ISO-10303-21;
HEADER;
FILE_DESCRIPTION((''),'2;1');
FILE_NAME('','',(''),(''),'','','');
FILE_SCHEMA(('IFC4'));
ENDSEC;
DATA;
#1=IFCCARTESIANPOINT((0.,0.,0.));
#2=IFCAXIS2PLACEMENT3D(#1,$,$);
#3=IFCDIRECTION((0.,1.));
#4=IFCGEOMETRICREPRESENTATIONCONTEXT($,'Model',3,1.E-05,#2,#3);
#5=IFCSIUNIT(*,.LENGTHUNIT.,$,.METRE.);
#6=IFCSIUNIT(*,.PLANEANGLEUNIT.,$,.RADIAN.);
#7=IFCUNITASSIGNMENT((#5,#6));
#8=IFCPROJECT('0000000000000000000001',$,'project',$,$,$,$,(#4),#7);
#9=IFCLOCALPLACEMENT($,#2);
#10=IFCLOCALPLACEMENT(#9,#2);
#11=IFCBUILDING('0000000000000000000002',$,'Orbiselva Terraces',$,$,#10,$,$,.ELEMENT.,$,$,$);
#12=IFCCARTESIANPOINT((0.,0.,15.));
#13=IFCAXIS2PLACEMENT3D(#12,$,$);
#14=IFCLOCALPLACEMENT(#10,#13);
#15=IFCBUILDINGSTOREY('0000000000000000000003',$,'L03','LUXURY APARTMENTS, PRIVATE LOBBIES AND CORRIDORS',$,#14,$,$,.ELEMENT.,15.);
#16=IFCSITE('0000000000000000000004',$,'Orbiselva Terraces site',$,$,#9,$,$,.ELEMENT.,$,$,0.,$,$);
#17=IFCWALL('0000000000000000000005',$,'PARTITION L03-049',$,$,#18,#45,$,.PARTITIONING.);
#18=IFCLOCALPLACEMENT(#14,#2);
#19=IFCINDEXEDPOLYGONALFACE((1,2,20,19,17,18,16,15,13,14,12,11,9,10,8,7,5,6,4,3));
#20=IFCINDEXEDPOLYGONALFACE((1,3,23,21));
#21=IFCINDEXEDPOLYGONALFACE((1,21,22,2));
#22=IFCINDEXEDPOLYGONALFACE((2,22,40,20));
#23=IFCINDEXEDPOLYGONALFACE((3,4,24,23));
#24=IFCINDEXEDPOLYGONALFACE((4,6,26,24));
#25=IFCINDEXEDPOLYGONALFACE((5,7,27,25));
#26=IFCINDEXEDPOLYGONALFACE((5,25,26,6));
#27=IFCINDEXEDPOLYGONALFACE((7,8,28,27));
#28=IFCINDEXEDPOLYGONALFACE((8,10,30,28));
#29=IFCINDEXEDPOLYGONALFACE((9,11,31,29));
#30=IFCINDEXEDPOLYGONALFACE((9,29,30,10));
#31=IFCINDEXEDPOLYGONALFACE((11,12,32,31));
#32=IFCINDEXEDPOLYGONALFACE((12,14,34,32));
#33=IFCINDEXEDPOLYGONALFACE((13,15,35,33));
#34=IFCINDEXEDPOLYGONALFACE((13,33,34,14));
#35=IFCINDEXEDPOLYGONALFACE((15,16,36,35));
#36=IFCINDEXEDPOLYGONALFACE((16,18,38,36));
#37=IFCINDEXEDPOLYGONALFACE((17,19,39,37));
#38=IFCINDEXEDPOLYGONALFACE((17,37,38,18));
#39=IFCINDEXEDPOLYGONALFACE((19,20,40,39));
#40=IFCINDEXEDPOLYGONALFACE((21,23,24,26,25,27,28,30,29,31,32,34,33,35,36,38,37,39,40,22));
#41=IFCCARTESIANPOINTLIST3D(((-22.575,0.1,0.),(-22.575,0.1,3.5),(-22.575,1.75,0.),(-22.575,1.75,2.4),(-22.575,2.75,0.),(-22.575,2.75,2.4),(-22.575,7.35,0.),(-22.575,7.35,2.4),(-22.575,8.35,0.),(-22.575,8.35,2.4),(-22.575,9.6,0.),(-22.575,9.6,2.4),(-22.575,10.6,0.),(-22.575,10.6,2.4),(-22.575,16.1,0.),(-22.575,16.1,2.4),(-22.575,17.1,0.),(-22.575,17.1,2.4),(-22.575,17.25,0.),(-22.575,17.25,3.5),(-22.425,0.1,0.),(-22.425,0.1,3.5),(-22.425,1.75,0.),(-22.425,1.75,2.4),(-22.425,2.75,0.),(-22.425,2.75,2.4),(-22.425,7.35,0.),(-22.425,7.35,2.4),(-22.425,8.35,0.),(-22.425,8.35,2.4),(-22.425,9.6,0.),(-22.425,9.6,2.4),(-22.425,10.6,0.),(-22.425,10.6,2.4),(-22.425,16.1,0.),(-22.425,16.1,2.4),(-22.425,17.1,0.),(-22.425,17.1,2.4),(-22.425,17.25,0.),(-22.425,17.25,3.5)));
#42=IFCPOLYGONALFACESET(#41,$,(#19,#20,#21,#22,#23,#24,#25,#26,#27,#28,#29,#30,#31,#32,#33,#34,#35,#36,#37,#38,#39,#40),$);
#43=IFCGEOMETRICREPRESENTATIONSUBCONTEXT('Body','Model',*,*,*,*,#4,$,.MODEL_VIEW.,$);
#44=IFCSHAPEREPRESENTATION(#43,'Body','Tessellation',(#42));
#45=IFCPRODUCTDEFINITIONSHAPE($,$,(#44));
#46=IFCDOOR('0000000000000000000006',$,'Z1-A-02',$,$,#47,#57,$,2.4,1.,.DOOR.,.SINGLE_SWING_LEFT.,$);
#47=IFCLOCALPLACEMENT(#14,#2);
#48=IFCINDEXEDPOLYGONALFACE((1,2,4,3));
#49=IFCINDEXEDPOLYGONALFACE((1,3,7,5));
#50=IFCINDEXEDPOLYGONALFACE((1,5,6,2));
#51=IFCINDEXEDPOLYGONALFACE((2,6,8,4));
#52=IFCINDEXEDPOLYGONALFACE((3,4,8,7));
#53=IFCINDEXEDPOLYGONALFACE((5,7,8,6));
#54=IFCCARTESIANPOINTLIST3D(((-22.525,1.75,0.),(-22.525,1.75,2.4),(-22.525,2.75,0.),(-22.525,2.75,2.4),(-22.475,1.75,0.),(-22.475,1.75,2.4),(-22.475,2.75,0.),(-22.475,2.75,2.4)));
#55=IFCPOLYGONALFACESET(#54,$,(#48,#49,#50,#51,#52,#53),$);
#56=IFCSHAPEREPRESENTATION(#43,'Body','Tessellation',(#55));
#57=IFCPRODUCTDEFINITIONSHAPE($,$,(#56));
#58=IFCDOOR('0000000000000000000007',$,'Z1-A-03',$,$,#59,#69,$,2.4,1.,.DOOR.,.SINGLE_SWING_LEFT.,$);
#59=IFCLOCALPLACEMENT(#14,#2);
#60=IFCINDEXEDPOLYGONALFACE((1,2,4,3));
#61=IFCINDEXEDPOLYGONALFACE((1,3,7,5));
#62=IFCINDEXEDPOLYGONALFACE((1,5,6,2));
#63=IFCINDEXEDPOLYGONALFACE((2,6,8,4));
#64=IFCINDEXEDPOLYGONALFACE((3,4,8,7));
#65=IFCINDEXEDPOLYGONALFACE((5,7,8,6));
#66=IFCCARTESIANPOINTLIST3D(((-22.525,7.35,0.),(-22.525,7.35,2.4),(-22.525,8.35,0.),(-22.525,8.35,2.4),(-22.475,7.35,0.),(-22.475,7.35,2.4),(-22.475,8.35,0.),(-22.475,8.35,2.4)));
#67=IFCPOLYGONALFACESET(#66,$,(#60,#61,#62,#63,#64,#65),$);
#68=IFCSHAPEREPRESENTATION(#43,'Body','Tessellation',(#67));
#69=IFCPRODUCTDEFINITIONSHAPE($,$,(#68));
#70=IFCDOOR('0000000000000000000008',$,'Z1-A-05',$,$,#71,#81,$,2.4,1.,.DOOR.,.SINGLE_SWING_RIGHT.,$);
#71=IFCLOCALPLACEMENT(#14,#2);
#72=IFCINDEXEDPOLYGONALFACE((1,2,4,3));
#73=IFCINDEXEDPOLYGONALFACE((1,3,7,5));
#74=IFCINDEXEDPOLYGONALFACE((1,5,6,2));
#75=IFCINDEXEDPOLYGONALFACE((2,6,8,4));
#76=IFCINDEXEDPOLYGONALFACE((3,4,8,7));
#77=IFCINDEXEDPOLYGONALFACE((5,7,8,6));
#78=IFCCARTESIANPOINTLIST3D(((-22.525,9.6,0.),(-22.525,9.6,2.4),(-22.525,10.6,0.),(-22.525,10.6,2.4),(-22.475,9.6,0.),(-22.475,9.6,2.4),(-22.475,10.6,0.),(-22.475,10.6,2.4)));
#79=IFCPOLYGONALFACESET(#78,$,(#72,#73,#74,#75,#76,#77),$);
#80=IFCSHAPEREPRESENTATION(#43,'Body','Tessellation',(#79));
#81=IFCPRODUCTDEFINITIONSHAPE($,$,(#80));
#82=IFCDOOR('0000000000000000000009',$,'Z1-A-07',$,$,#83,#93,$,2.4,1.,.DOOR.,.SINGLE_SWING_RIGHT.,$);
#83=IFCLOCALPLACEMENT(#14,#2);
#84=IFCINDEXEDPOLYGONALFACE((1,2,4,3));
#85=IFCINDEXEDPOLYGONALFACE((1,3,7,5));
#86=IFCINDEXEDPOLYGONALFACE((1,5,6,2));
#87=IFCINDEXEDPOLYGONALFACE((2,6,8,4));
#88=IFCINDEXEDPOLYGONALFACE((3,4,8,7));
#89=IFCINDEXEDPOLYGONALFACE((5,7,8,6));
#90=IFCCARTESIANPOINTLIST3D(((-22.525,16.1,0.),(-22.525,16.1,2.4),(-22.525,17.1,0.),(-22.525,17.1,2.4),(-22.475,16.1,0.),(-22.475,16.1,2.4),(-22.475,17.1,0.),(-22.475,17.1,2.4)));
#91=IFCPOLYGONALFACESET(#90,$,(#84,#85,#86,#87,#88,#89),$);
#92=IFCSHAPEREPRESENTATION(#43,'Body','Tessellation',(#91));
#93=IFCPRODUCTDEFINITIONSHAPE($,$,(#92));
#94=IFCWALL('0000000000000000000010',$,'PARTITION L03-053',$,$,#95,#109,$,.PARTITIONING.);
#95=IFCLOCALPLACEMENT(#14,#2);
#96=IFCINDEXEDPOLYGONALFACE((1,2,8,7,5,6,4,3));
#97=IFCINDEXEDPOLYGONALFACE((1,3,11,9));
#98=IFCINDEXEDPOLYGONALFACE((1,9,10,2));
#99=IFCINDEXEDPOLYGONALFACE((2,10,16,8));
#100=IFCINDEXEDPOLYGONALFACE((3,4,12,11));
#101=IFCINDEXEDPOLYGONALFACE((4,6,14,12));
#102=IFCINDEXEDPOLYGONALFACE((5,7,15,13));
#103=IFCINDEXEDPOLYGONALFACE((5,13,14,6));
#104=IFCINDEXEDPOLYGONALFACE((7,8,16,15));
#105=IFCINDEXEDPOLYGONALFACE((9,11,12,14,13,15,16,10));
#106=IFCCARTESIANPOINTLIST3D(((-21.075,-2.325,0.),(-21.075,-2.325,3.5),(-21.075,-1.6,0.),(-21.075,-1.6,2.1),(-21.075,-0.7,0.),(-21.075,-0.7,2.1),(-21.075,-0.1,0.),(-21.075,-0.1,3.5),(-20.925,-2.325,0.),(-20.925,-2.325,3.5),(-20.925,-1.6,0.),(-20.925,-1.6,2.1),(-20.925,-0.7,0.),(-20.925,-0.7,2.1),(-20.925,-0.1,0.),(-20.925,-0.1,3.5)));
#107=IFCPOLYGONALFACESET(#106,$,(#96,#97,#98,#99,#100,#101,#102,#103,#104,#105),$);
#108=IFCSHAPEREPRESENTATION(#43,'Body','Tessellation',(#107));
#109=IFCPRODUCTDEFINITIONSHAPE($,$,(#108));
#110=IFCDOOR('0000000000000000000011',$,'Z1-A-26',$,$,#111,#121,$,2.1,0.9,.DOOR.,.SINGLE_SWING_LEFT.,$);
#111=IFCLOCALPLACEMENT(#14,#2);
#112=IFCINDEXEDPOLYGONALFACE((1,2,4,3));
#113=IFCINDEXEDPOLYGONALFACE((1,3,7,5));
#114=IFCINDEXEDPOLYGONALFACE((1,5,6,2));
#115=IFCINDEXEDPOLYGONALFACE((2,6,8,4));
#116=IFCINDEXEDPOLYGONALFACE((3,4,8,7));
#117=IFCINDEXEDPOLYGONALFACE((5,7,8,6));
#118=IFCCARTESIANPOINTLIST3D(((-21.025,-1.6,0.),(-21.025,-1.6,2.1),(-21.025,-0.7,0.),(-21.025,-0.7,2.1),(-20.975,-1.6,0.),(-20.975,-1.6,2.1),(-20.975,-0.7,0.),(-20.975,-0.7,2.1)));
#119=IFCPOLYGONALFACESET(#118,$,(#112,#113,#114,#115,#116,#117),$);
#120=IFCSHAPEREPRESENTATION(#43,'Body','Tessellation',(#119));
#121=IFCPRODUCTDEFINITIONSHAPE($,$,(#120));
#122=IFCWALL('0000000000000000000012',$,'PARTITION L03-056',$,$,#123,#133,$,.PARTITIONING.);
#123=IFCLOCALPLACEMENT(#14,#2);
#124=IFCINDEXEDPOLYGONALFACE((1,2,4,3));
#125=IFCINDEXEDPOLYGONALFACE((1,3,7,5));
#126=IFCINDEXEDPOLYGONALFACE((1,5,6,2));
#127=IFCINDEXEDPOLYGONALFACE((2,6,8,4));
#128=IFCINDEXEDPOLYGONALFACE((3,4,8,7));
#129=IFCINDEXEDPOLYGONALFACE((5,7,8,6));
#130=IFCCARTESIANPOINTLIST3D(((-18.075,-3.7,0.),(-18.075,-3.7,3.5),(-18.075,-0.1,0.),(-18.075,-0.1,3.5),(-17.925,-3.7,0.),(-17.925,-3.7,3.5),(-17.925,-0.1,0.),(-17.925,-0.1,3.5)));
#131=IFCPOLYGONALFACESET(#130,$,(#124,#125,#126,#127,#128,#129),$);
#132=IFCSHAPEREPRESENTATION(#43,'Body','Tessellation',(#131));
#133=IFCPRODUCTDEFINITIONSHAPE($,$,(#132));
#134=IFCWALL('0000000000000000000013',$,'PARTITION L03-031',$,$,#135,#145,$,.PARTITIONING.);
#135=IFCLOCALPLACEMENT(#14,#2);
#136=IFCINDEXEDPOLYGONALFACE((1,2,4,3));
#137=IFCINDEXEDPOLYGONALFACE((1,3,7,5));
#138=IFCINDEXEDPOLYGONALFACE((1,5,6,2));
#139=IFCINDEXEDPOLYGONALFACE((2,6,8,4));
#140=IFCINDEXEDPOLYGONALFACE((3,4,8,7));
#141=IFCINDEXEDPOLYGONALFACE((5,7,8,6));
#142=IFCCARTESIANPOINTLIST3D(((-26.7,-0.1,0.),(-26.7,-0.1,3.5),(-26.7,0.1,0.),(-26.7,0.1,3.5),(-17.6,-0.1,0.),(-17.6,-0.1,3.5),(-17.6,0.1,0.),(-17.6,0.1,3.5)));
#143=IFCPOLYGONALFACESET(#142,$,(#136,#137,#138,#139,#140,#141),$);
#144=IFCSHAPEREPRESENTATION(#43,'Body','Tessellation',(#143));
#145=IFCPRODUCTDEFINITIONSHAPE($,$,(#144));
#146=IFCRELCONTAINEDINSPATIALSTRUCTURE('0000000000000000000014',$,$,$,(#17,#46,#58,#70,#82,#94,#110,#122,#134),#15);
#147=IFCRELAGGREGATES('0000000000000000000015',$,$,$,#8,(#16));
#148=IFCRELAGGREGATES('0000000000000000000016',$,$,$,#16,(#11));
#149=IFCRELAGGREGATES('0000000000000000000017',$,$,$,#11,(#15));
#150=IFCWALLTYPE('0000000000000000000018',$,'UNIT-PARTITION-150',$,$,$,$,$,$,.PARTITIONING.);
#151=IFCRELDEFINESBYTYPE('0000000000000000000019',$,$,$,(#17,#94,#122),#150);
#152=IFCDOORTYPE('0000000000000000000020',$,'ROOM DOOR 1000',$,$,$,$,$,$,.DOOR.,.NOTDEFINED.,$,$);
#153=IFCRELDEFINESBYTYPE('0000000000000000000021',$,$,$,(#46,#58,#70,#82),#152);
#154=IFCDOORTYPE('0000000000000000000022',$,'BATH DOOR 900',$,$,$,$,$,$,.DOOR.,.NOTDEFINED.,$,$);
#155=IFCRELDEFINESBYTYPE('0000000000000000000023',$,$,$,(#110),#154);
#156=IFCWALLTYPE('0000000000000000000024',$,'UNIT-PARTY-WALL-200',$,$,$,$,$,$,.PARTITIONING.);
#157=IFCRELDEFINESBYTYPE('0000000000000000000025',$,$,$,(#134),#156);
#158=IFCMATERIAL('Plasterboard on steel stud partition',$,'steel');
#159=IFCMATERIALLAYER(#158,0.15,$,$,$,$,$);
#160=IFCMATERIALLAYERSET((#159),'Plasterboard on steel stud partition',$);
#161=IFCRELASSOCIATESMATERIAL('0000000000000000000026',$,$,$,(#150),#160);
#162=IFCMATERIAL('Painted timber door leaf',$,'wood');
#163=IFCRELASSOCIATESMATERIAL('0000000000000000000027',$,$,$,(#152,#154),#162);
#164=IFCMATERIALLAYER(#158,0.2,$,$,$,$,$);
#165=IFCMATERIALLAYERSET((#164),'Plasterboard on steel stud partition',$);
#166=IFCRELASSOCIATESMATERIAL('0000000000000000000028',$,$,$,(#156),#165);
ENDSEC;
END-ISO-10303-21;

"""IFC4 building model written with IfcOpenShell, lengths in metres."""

from ifc_helpers import new_model, si_unit, direction, frame, frame_2d, origin, place, context, subcontext, project, spatial, rectangle, extrude, material, layer, layer_set, type_object, element, fill, save


model = new_model("IFC4")

# Units and contexts
model_context = context("Model", 3, precision=1e-05, world=origin(), true_north=direction((0.0, 1.0)))
body_context = subcontext(model_context, "Body", "Model", "MODEL_VIEW")
ifc_project = project(units=[si_unit("LENGTHUNIT", "METRE"), si_unit("PLANEANGLEUNIT", "RADIAN")], contexts=[model_context])

# Site, building, storey
site_placement = place(None, origin())
site = spatial("IfcSite", under=ifc_project, at=site_placement, Name="Orbiselva Terraces site", CompositionType="ELEMENT", RefElevation=0.0)
building_placement = place(site_placement, origin())
building = spatial("IfcBuilding", under=site, at=building_placement, Name="Orbiselva Terraces", CompositionType="ELEMENT")
storey_placement = place(building_placement, frame((0.0, 0.0, 15.0)))
storey = spatial("IfcBuildingStorey", under=building, at=storey_placement, Name="L03", Description="LUXURY APARTMENTS, PRIVATE LOBBIES AND CORRIDORS", CompositionType="ELEMENT", Elevation=15.0)

# Shared definitions
ifc_material_1 = material(Name="Plasterboard on steel stud partition", Category="steel")
ifc_layer_1 = layer(ifc_material_1, 0.15)
ifc_layer_set_1 = layer_set([ifc_layer_1], Name="Plasterboard on steel stud partition")
wall_type_1 = type_object("IfcWallType", Name="UNIT-PARTITION-150", PredefinedType="PARTITIONING", material=ifc_layer_set_1)

# Wall, openings, doors
wall_1_placement = place(storey_placement, frame((-22.5, 0.1, 0.0), z_axis=(0.0, 0.0, 1.0), x_axis=(0.0, 1.0, 0.0)))
wall_1 = element("IfcWall", 1, at=wall_1_placement, inside=storey, type_object=wall_type_1, Name="PARTITION L03-049", PredefinedType="PARTITIONING", context=body_context, shape_type="SweptSolid", body=[
    extrude(rectangle(XDim=17.15, YDim=0.15, at=frame_2d((8.575, 0.0))), origin(), (0.0, 0.0, 1.0), 3.5),
])
opening_1_placement = place(wall_1_placement, frame((1.65, 0.0, 0.0)))
opening_1 = element("IfcOpeningElement", 2, at=opening_1_placement, cuts=wall_1, PredefinedType="OPENING", context=body_context, shape_type="SweptSolid", body=[
    extrude(rectangle(XDim=1.0, YDim=2.4, at=frame_2d((0.5, 1.2))), frame((0.0, 0.085, 0.0), z_axis=(0.0, -1.0, 0.0), x_axis=(1.0, 0.0, 0.0)), (0.0, 0.0, 1.0), 0.17),
])
opening_2_placement = place(wall_1_placement, frame((7.25, 0.0, 0.0)))
opening_2 = element("IfcOpeningElement", 3, at=opening_2_placement, cuts=wall_1, PredefinedType="OPENING", context=body_context, shape_type="SweptSolid", body=[
    extrude(rectangle(XDim=1.0, YDim=2.4, at=frame_2d((0.5, 1.2))), frame((0.0, 0.085, 0.0), z_axis=(0.0, -1.0, 0.0), x_axis=(1.0, 0.0, 0.0)), (0.0, 0.0, 1.0), 0.17),
])
opening_3_placement = place(wall_1_placement, frame((9.5, 0.0, 0.0)))
opening_3 = element("IfcOpeningElement", 4, at=opening_3_placement, cuts=wall_1, PredefinedType="OPENING", context=body_context, shape_type="SweptSolid", body=[
    extrude(rectangle(XDim=1.0, YDim=2.4, at=frame_2d((0.5, 1.2))), frame((0.0, 0.085, 0.0), z_axis=(0.0, -1.0, 0.0), x_axis=(1.0, 0.0, 0.0)), (0.0, 0.0, 1.0), 0.17),
])
opening_4_placement = place(wall_1_placement, frame((16.0, 0.0, 0.0)))
opening_4 = element("IfcOpeningElement", 5, at=opening_4_placement, cuts=wall_1, PredefinedType="OPENING", context=body_context, shape_type="SweptSolid", body=[
    extrude(rectangle(XDim=1.0, YDim=2.4, at=frame_2d((0.5, 1.2))), frame((0.0, 0.085, 0.0), z_axis=(0.0, -1.0, 0.0), x_axis=(1.0, 0.0, 0.0)), (0.0, 0.0, 1.0), 0.17),
])
ifc_material_2 = material(Name="Painted timber door leaf", Category="wood")
door_type_1 = type_object("IfcDoorType", Name="ROOM DOOR 1000", OperationType="NOTDEFINED", PredefinedType="DOOR", material=ifc_material_2)
door_1_placement = place(opening_1_placement, origin())
door_1 = element("IfcDoor", 6, at=door_1_placement, inside=storey, type_object=door_type_1, Name="Z1-A-02", OperationType="SINGLE_SWING_LEFT", OverallHeight=2.4, OverallWidth=1.0, PredefinedType="DOOR", context=body_context, shape_type="SweptSolid", body=[
    extrude(rectangle(XDim=1.0, YDim=2.4, at=frame_2d((0.5, 1.2))), frame((0.0, 0.025, 0.0), z_axis=(0.0, -1.0, 0.0), x_axis=(1.0, 0.0, 0.0)), (0.0, 0.0, 1.0), 0.05),
])
fill(opening_1, door_1)
door_2_placement = place(opening_2_placement, origin())
door_2 = element("IfcDoor", 7, at=door_2_placement, inside=storey, type_object=door_type_1, Name="Z1-A-03", OperationType="SINGLE_SWING_LEFT", OverallHeight=2.4, OverallWidth=1.0, PredefinedType="DOOR", context=body_context, shape_type="SweptSolid", body=[
    extrude(rectangle(XDim=1.0, YDim=2.4, at=frame_2d((0.5, 1.2))), frame((0.0, 0.025, 0.0), z_axis=(0.0, -1.0, 0.0), x_axis=(1.0, 0.0, 0.0)), (0.0, 0.0, 1.0), 0.05),
])
fill(opening_2, door_2)
door_3_placement = place(opening_3_placement, origin())
door_3 = element("IfcDoor", 8, at=door_3_placement, inside=storey, type_object=door_type_1, Name="Z1-A-05", OperationType="SINGLE_SWING_RIGHT", OverallHeight=2.4, OverallWidth=1.0, PredefinedType="DOOR", context=body_context, shape_type="SweptSolid", body=[
    extrude(rectangle(XDim=1.0, YDim=2.4, at=frame_2d((0.5, 1.2))), frame((0.0, 0.025, 0.0), z_axis=(0.0, -1.0, 0.0), x_axis=(1.0, 0.0, 0.0)), (0.0, 0.0, 1.0), 0.05),
])
fill(opening_3, door_3)
door_4_placement = place(opening_4_placement, origin())
door_4 = element("IfcDoor", 9, at=door_4_placement, inside=storey, type_object=door_type_1, Name="Z1-A-07", OperationType="SINGLE_SWING_RIGHT", OverallHeight=2.4, OverallWidth=1.0, PredefinedType="DOOR", context=body_context, shape_type="SweptSolid", body=[
    extrude(rectangle(XDim=1.0, YDim=2.4, at=frame_2d((0.5, 1.2))), frame((0.0, 0.025, 0.0), z_axis=(0.0, -1.0, 0.0), x_axis=(1.0, 0.0, 0.0)), (0.0, 0.0, 1.0), 0.05),
])
fill(opening_4, door_4)

# Wall, opening, door
wall_2_placement = place(storey_placement, frame((-21.0, -0.1, 0.0), z_axis=(0.0, 0.0, 1.0), x_axis=(0.0, -1.0, 0.0)))
wall_2 = element("IfcWall", 10, at=wall_2_placement, inside=storey, type_object=wall_type_1, Name="PARTITION L03-053", PredefinedType="PARTITIONING", context=body_context, shape_type="SweptSolid", body=[
    extrude(rectangle(XDim=2.225, YDim=0.15, at=frame_2d((1.1125, 0.0))), origin(), (0.0, 0.0, 1.0), 3.5),
])
opening_5_placement = place(wall_2_placement, frame((0.6, 0.0, 0.0)))
opening_5 = element("IfcOpeningElement", 11, at=opening_5_placement, cuts=wall_2, PredefinedType="OPENING", context=body_context, shape_type="SweptSolid", body=[
    extrude(rectangle(XDim=0.9, YDim=2.1, at=frame_2d((0.45, 1.05))), frame((0.0, 0.085, 0.0), z_axis=(0.0, -1.0, 0.0), x_axis=(1.0, 0.0, 0.0)), (0.0, 0.0, 1.0), 0.17),
])
door_type_2 = type_object("IfcDoorType", Name="BATH DOOR 900", OperationType="NOTDEFINED", PredefinedType="DOOR", material=ifc_material_2)
door_5_placement = place(opening_5_placement, origin())
door_5 = element("IfcDoor", 12, at=door_5_placement, inside=storey, type_object=door_type_2, Name="Z1-A-26", OperationType="SINGLE_SWING_LEFT", OverallHeight=2.1, OverallWidth=0.9, PredefinedType="DOOR", context=body_context, shape_type="SweptSolid", body=[
    extrude(rectangle(XDim=0.9, YDim=2.1, at=frame_2d((0.45, 1.05))), frame((0.0, 0.025, 0.0), z_axis=(0.0, -1.0, 0.0), x_axis=(1.0, 0.0, 0.0)), (0.0, 0.0, 1.0), 0.05),
])
fill(opening_5, door_5)

# Walls
wall_3_placement = place(storey_placement, frame((-18.0, -3.7, 0.0), z_axis=(0.0, 0.0, 1.0), x_axis=(0.0, 1.0, 0.0)))
element("IfcWall", 13, at=wall_3_placement, inside=storey, type_object=wall_type_1, Name="PARTITION L03-056", PredefinedType="PARTITIONING", context=body_context, shape_type="SweptSolid", body=[
    extrude(rectangle(XDim=3.6, YDim=0.15, at=frame_2d((1.8, 0.0))), origin(), (0.0, 0.0, 1.0), 3.5),
])
ifc_layer_2 = layer(ifc_material_1, 0.2)
ifc_layer_set_2 = layer_set([ifc_layer_2], Name="Plasterboard on steel stud partition")
wall_type_2 = type_object("IfcWallType", Name="UNIT-PARTY-WALL-200", PredefinedType="PARTITIONING", material=ifc_layer_set_2)
wall_4_placement = place(storey_placement, frame((-26.7, 0.0, 0.0), z_axis=(0.0, 0.0, 1.0), x_axis=(1.0, 0.0, 0.0)))
element("IfcWall", 14, at=wall_4_placement, inside=storey, type_object=wall_type_2, Name="PARTITION L03-031", PredefinedType="PARTITIONING", context=body_context, shape_type="SweptSolid", body=[
    extrude(rectangle(XDim=9.1, YDim=0.2, at=frame_2d((4.55, 0.0))), origin(), (0.0, 0.0, 1.0), 3.5),
])

save(model, "model.ifc")
